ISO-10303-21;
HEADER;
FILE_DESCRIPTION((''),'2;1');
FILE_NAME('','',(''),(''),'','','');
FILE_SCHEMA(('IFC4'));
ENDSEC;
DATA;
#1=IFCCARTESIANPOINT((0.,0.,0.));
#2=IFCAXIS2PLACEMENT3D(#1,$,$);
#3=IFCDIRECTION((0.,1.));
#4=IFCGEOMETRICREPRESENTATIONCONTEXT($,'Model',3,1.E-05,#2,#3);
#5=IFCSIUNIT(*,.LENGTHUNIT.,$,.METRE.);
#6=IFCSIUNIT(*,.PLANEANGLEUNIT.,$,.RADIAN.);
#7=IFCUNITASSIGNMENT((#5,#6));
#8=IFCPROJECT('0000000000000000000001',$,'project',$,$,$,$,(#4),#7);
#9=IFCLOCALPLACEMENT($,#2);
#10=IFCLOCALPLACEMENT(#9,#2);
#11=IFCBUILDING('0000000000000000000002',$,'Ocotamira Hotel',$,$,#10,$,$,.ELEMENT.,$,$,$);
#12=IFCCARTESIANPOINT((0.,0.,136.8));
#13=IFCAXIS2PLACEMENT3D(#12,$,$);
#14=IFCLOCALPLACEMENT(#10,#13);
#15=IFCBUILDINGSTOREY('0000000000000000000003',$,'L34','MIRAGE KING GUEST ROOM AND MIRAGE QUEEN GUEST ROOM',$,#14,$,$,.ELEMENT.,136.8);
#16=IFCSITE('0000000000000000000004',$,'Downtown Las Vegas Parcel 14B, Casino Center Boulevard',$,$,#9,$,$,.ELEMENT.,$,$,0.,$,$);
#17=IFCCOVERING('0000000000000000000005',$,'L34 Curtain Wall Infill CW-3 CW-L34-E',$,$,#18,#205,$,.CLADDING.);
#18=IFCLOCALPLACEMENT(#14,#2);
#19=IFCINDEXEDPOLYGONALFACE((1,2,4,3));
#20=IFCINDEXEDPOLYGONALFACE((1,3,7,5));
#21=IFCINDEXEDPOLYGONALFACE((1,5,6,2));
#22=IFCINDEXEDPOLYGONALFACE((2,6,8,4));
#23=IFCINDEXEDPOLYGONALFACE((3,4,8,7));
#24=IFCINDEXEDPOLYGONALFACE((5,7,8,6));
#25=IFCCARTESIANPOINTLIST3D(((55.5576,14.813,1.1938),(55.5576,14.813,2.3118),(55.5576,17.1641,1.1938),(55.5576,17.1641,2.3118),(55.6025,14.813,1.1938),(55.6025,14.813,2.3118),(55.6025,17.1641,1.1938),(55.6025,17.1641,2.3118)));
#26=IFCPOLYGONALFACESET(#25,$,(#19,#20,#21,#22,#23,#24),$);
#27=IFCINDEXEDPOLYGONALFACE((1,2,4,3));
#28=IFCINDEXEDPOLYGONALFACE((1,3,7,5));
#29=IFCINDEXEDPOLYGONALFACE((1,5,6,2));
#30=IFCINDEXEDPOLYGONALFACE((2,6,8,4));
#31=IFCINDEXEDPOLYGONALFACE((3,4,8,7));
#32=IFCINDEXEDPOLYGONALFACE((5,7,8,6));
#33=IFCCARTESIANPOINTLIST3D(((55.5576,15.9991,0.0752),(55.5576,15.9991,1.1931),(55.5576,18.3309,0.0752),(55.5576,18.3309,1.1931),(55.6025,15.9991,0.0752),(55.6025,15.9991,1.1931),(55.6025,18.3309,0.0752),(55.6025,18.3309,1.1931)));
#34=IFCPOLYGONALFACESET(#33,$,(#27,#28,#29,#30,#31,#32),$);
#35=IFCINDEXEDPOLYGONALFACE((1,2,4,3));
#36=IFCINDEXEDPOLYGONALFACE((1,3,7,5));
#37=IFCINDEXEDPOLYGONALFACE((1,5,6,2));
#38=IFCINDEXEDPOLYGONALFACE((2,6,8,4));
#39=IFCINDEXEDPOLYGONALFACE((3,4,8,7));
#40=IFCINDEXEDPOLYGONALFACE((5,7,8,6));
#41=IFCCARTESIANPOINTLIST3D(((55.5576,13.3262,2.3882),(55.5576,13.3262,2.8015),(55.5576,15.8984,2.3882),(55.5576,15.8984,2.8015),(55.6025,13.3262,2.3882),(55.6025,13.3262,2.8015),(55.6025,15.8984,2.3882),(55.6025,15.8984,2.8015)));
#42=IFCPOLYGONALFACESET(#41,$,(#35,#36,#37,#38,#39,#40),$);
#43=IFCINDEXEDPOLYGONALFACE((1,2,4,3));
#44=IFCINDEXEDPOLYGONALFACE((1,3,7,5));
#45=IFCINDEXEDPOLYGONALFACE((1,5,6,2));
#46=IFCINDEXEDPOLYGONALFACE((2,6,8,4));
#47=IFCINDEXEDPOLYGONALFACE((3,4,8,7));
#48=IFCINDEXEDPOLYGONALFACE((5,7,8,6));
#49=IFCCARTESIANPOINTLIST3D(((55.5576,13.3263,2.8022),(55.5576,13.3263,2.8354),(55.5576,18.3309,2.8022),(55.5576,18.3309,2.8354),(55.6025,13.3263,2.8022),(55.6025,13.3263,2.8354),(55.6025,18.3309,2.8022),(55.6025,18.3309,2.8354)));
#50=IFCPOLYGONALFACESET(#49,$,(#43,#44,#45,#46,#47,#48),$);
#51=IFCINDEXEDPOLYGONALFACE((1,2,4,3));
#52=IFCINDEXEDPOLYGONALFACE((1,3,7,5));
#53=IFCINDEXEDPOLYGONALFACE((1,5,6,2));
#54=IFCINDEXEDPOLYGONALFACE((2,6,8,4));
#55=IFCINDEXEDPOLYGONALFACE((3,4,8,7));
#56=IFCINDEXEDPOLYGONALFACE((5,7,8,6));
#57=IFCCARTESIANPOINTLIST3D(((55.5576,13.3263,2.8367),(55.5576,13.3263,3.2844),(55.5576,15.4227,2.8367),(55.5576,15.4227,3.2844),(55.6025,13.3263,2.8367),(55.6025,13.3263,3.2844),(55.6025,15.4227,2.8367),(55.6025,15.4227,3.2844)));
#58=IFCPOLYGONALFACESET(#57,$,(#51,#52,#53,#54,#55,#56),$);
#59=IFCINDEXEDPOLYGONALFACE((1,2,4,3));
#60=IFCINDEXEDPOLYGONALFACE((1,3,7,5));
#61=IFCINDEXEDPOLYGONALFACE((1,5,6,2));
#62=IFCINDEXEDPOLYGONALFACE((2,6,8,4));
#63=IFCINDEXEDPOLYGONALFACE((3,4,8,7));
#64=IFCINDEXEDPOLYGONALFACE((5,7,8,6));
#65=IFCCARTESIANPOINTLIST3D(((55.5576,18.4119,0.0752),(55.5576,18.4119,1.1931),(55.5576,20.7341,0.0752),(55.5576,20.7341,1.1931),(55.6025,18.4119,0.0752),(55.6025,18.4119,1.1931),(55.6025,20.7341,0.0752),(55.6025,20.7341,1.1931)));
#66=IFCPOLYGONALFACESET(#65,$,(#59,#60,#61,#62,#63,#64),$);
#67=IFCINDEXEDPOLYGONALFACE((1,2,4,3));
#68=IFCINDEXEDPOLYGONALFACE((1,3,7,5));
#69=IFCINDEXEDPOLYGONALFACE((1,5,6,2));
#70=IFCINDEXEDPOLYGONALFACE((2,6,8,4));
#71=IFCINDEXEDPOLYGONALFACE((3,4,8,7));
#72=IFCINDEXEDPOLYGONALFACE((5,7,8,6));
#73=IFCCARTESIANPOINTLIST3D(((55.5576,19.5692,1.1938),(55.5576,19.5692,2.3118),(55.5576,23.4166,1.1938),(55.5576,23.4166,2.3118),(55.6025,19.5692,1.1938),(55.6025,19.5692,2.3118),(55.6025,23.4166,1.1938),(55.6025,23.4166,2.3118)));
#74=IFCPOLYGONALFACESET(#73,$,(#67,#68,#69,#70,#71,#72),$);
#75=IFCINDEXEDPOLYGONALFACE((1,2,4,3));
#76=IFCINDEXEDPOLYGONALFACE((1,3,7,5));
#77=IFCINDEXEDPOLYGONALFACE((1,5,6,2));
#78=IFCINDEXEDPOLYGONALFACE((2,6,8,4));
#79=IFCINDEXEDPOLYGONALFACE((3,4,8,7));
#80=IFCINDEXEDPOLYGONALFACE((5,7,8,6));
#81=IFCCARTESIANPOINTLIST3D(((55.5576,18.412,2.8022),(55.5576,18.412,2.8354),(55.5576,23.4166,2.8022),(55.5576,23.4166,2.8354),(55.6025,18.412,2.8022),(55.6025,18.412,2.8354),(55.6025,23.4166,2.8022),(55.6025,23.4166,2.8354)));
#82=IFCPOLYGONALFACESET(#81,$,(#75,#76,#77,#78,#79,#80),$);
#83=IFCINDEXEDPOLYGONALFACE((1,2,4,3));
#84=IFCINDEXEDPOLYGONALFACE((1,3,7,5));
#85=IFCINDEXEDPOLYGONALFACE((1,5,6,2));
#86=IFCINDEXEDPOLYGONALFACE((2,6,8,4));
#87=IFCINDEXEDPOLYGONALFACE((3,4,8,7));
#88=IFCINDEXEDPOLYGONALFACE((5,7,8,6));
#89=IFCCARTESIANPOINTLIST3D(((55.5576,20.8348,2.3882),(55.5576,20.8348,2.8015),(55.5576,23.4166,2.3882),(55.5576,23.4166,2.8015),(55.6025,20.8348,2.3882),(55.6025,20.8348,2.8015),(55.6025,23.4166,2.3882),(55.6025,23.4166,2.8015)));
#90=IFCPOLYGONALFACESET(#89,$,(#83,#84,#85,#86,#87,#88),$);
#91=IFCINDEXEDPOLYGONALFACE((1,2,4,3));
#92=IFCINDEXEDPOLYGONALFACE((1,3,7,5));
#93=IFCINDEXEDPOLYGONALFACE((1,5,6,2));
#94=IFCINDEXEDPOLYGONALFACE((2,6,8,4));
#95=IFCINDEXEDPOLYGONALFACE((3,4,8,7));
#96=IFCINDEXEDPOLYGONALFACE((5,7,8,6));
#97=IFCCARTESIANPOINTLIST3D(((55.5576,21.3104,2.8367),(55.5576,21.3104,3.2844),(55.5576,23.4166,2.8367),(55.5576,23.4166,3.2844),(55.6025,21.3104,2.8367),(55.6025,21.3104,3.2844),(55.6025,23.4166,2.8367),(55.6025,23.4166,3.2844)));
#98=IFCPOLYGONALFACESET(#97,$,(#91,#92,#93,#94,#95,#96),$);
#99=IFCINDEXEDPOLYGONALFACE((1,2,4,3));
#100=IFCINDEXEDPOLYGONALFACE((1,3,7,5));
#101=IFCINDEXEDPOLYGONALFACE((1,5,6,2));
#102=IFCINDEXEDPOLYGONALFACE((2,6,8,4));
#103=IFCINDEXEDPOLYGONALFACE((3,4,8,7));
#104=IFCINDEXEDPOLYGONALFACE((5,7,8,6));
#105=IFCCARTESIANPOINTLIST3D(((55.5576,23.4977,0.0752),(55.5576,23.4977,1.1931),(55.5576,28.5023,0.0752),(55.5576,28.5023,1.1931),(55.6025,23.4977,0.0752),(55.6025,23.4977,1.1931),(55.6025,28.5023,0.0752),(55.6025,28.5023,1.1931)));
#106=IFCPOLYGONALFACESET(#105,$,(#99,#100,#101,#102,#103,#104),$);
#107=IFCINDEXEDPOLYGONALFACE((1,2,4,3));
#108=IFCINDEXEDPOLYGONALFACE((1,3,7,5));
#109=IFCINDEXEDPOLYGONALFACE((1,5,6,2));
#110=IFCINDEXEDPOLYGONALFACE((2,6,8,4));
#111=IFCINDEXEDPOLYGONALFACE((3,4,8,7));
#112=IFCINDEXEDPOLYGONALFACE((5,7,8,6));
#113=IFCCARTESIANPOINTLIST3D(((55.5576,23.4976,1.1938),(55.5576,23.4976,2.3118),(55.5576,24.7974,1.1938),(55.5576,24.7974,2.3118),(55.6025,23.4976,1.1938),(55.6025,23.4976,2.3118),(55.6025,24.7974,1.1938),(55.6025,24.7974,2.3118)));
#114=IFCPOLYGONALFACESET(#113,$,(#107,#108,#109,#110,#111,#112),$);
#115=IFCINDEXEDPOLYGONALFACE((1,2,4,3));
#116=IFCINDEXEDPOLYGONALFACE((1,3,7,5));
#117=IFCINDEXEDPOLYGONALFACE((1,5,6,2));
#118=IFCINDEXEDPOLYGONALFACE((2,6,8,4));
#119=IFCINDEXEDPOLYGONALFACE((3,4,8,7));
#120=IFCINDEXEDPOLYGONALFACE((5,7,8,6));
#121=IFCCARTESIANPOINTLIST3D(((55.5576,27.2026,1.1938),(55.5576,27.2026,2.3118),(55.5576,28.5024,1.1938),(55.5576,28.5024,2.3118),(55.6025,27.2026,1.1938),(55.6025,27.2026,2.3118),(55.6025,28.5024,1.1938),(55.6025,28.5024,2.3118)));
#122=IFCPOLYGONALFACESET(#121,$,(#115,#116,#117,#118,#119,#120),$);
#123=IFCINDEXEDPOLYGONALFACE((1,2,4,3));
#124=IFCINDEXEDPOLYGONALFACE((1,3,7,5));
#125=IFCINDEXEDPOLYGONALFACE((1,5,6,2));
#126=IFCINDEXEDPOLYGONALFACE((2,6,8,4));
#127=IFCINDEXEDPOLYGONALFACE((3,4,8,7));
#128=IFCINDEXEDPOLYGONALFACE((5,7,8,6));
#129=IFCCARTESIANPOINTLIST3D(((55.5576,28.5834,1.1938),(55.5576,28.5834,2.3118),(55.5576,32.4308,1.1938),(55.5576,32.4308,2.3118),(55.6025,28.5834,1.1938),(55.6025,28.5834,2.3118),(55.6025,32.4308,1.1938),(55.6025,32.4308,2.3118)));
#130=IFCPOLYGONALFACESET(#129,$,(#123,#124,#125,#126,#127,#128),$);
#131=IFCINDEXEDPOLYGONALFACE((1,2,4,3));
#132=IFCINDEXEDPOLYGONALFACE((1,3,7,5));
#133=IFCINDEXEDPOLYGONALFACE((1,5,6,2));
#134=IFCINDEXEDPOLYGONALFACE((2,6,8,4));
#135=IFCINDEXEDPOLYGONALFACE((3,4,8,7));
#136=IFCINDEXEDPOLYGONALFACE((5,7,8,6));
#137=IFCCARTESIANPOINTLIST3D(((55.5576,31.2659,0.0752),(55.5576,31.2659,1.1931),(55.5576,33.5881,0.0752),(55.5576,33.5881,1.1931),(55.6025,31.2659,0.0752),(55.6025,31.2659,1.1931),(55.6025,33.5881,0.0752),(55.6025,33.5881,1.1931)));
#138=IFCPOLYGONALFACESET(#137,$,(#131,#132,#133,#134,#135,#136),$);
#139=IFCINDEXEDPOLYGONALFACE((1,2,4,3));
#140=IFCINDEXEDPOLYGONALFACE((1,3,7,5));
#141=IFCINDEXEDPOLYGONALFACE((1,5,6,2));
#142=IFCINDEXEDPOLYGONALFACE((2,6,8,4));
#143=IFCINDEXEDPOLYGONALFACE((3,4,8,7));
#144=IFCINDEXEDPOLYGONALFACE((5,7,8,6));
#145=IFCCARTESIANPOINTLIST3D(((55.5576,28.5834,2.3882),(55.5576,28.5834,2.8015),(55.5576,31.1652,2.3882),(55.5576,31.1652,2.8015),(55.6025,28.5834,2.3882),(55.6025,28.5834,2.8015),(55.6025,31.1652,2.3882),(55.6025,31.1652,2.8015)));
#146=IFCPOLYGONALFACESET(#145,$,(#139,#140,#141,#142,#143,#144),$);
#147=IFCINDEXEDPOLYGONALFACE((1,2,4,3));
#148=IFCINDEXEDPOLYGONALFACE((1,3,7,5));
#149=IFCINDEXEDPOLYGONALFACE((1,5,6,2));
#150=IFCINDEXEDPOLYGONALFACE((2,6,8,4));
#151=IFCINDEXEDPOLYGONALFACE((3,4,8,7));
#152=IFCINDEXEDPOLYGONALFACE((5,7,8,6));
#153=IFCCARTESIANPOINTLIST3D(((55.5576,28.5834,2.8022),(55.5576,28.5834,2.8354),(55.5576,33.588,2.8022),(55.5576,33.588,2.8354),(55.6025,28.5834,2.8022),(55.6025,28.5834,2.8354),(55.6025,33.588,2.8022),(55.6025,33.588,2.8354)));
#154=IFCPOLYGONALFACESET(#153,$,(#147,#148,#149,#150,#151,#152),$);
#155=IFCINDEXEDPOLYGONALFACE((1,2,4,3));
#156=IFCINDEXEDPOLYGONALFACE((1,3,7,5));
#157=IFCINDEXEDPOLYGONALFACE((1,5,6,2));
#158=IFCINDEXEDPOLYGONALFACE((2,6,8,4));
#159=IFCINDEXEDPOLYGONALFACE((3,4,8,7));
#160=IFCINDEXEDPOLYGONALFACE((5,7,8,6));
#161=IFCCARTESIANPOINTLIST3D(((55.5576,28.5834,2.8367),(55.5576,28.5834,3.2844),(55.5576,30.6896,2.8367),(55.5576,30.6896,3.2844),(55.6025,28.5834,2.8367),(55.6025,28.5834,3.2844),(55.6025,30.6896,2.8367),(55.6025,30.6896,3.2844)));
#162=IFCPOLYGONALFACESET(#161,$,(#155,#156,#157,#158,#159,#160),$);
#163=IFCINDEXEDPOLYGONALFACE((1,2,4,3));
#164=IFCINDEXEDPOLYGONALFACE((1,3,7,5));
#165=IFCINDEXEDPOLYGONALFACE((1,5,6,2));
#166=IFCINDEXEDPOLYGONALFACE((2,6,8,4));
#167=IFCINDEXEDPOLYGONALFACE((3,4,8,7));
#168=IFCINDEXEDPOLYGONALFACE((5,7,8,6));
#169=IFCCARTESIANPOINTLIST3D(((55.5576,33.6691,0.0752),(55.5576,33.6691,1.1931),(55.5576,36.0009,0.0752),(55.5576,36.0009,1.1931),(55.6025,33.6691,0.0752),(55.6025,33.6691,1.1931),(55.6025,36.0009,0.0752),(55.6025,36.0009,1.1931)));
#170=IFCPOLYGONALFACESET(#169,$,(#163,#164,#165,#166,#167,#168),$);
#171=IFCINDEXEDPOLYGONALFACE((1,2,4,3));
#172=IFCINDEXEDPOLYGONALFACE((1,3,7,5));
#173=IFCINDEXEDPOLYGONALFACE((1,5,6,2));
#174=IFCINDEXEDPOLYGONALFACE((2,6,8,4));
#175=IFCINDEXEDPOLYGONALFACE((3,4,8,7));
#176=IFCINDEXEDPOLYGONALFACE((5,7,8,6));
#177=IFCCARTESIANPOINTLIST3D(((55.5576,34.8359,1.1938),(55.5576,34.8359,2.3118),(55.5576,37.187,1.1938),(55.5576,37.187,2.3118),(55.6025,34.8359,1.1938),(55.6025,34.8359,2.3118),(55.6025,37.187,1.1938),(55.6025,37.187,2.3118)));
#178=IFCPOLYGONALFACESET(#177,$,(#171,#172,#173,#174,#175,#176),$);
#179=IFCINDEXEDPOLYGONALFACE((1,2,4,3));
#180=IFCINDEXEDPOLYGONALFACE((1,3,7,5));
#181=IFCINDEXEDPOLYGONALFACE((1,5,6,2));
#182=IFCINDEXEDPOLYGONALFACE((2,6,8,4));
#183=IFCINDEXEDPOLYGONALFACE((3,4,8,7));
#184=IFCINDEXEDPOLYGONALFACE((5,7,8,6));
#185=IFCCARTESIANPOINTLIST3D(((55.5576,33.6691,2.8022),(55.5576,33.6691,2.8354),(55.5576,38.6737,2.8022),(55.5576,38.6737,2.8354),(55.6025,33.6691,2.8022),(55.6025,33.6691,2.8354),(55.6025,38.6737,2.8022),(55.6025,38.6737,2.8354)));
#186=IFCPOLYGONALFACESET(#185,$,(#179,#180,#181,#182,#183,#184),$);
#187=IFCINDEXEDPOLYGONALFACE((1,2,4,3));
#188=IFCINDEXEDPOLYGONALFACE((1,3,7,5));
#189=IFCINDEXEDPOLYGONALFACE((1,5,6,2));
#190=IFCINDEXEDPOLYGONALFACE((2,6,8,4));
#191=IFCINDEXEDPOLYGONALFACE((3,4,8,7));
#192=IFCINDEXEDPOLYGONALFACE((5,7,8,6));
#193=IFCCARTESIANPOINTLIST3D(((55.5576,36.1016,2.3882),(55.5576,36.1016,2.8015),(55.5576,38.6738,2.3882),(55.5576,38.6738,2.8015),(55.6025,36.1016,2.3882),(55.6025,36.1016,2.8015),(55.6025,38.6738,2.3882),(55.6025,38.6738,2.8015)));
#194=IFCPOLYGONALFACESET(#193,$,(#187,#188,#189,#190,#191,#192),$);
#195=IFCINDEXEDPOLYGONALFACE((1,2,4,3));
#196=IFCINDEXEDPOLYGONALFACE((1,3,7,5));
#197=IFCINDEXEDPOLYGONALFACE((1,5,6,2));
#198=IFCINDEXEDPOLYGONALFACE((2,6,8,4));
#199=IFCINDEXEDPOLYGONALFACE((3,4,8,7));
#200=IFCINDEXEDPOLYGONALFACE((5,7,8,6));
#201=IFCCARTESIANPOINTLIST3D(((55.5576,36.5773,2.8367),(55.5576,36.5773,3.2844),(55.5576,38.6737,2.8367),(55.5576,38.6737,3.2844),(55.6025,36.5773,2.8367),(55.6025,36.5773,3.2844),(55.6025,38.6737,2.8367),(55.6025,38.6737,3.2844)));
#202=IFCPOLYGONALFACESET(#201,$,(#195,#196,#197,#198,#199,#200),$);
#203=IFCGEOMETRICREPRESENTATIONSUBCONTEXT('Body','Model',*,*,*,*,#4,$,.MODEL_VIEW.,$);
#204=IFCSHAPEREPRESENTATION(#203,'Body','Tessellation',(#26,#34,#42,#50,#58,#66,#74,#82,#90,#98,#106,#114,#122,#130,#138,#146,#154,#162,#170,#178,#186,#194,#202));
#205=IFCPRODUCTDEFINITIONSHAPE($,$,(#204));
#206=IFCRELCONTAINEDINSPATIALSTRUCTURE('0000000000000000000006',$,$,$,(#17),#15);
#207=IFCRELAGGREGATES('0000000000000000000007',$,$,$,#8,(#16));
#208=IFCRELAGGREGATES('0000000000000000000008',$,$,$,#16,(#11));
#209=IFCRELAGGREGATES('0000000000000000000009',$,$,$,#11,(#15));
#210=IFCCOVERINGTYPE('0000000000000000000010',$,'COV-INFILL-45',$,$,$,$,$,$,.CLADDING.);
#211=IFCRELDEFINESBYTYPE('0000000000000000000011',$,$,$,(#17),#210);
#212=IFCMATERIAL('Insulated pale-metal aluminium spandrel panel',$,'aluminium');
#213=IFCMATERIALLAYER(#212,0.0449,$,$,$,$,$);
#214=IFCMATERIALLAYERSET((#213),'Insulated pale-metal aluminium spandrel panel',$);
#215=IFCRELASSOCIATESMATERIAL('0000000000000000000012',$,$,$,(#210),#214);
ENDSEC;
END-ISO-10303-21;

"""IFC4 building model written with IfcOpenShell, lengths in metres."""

from ifc_helpers import new_model, si_unit, direction, frame, origin, origin_2d, place, context, subcontext, project, spatial, rectangle, extrude, material, layer, layer_set, type_object, element, save


model = new_model("IFC4")

# Units and contexts
model_context = context("Model", 3, precision=1e-05, world=origin(), true_north=direction((0.0, 1.0)))
body_context = subcontext(model_context, "Body", "Model", "MODEL_VIEW")
ifc_project = project(units=[si_unit("LENGTHUNIT", "METRE"), si_unit("PLANEANGLEUNIT", "RADIAN")], contexts=[model_context])

# Site, building, storey
site_placement = place(None, origin())
site = spatial("IfcSite", under=ifc_project, at=site_placement, Name="Downtown Las Vegas Parcel 14B, Casino Center Boulevard", CompositionType="ELEMENT", RefElevation=0.0)
building_placement = place(site_placement, origin())
building = spatial("IfcBuilding", under=site, at=building_placement, Name="Ocotamira Hotel", CompositionType="ELEMENT")
storey_placement = place(building_placement, frame((0.0, 0.0, 136.8)))
storey = spatial("IfcBuildingStorey", under=building, at=storey_placement, Name="L34", Description="MIRAGE KING GUEST ROOM AND MIRAGE QUEEN GUEST ROOM", CompositionType="ELEMENT", Elevation=136.8)

# Covering
ifc_material_1 = material(Name="Insulated pale-metal aluminium spandrel panel", Category="aluminium")
ifc_layer_1 = layer(ifc_material_1, 0.0449)
ifc_layer_set_1 = layer_set([ifc_layer_1], Name="Insulated pale-metal aluminium spandrel panel")
covering_type_1 = type_object("IfcCoveringType", Name="COV-INFILL-45", PredefinedType="CLADDING", material=ifc_layer_set_1)
covering_1_placement = place(storey_placement, origin())
element("IfcCovering", 1, at=covering_1_placement, inside=storey, type_object=covering_type_1, Name="L34 Curtain Wall Infill CW-3 CW-L34-E", PredefinedType="CLADDING", context=body_context, shape_type="SweptSolid", body=[
    extrude(rectangle(XDim=2.3511, YDim=0.0449, at=origin_2d()), frame((55.5801, 15.9885, 1.1938), z_axis=(0.0, 0.0, 1.0), x_axis=(0.0, 1.0, 0.0)), (0.0, 0.0, 1.0), 1.1179),
    extrude(rectangle(XDim=2.3318, YDim=0.0449, at=origin_2d()), frame((55.5801, 17.165, 0.0752), z_axis=(0.0, 0.0, 1.0), x_axis=(0.0, 1.0, 0.0)), (0.0, 0.0, 1.0), 1.1179),
    extrude(rectangle(XDim=2.5723, YDim=0.0449, at=origin_2d()), frame((55.5801, 14.6123, 2.3882), z_axis=(0.0, 0.0, 1.0), x_axis=(0.0, 1.0, 0.0)), (0.0, 0.0, 1.0), 0.4133),
    extrude(rectangle(XDim=5.0046, YDim=0.0449, at=origin_2d()), frame((55.5801, 15.8286, 2.8022), z_axis=(0.0, 0.0, 1.0), x_axis=(0.0, 1.0, 0.0)), (0.0, 0.0, 1.0), 0.0332),
    extrude(rectangle(XDim=2.0964, YDim=0.0449, at=origin_2d()), frame((55.5801, 14.3745, 2.8367), z_axis=(0.0, 0.0, 1.0), x_axis=(0.0, 1.0, 0.0)), (0.0, 0.0, 1.0), 0.4478),
    extrude(rectangle(XDim=2.3223, YDim=0.0449, at=origin_2d()), frame((55.5801, 19.573, 0.0752), z_axis=(0.0, 0.0, 1.0), x_axis=(0.0, 1.0, 0.0)), (0.0, 0.0, 1.0), 1.1179),
    extrude(rectangle(XDim=3.8474, YDim=0.0449, at=origin_2d()), frame((55.5801, 21.4929, 1.1938), z_axis=(0.0, 0.0, 1.0), x_axis=(0.0, 1.0, 0.0)), (0.0, 0.0, 1.0), 1.1179),
    extrude(rectangle(XDim=5.0046, YDim=0.0449, at=origin_2d()), frame((55.5801, 20.9143, 2.8022), z_axis=(0.0, 0.0, 1.0), x_axis=(0.0, 1.0, 0.0)), (0.0, 0.0, 1.0), 0.0332),
    extrude(rectangle(XDim=2.5818, YDim=0.0449, at=origin_2d()), frame((55.5801, 22.1257, 2.3882), z_axis=(0.0, 0.0, 1.0), x_axis=(0.0, 1.0, 0.0)), (0.0, 0.0, 1.0), 0.4133),
    extrude(rectangle(XDim=2.1062, YDim=0.0449, at=origin_2d()), frame((55.5801, 22.3635, 2.8367), z_axis=(0.0, 0.0, 1.0), x_axis=(0.0, 1.0, 0.0)), (0.0, 0.0, 1.0), 0.4478),
    extrude(rectangle(XDim=5.0046, YDim=0.0449, at=origin_2d()), frame((55.5801, 26.0, 0.0752), z_axis=(0.0, 0.0, 1.0), x_axis=(0.0, 1.0, 0.0)), (0.0, 0.0, 1.0), 1.1179),
    extrude(rectangle(XDim=1.2998, YDim=0.0449, at=origin_2d()), frame((55.5801, 24.1475, 1.1938), z_axis=(0.0, 0.0, 1.0), x_axis=(0.0, 1.0, 0.0)), (0.0, 0.0, 1.0), 1.1179),
    extrude(rectangle(XDim=1.2998, YDim=0.0449, at=origin_2d()), frame((55.5801, 27.8525, 1.1938), z_axis=(0.0, 0.0, 1.0), x_axis=(0.0, 1.0, 0.0)), (0.0, 0.0, 1.0), 1.1179),
    extrude(rectangle(XDim=3.8474, YDim=0.0449, at=origin_2d()), frame((55.5801, 30.5071, 1.1938), z_axis=(0.0, 0.0, 1.0), x_axis=(0.0, 1.0, 0.0)), (0.0, 0.0, 1.0), 1.1179),
    extrude(rectangle(XDim=2.3223, YDim=0.0449, at=origin_2d()), frame((55.5801, 32.427, 0.0752), z_axis=(0.0, 0.0, 1.0), x_axis=(0.0, 1.0, 0.0)), (0.0, 0.0, 1.0), 1.1179),
    extrude(rectangle(XDim=2.5818, YDim=0.0449, at=origin_2d()), frame((55.5801, 29.8743, 2.3882), z_axis=(0.0, 0.0, 1.0), x_axis=(0.0, 1.0, 0.0)), (0.0, 0.0, 1.0), 0.4133),
    extrude(rectangle(XDim=5.0046, YDim=0.0449, at=origin_2d()), frame((55.5801, 31.0857, 2.8022), z_axis=(0.0, 0.0, 1.0), x_axis=(0.0, 1.0, 0.0)), (0.0, 0.0, 1.0), 0.0332),
    extrude(rectangle(XDim=2.1062, YDim=0.0449, at=origin_2d()), frame((55.5801, 29.6365, 2.8367), z_axis=(0.0, 0.0, 1.0), x_axis=(0.0, 1.0, 0.0)), (0.0, 0.0, 1.0), 0.4478),
    extrude(rectangle(XDim=2.3318, YDim=0.0449, at=origin_2d()), frame((55.5801, 34.835, 0.0752), z_axis=(0.0, 0.0, 1.0), x_axis=(0.0, 1.0, 0.0)), (0.0, 0.0, 1.0), 1.1179),
    extrude(rectangle(XDim=2.3511, YDim=0.0449, at=origin_2d()), frame((55.5801, 36.0115, 1.1938), z_axis=(0.0, 0.0, 1.0), x_axis=(0.0, 1.0, 0.0)), (0.0, 0.0, 1.0), 1.1179),
    extrude(rectangle(XDim=5.0046, YDim=0.0449, at=origin_2d()), frame((55.5801, 36.1714, 2.8022), z_axis=(0.0, 0.0, 1.0), x_axis=(0.0, 1.0, 0.0)), (0.0, 0.0, 1.0), 0.0332),
    extrude(rectangle(XDim=2.5723, YDim=0.0449, at=origin_2d()), frame((55.5801, 37.3877, 2.3882), z_axis=(0.0, 0.0, 1.0), x_axis=(0.0, 1.0, 0.0)), (0.0, 0.0, 1.0), 0.4133),
    extrude(rectangle(XDim=2.0964, YDim=0.0449, at=origin_2d()), frame((55.5801, 37.6255, 2.8367), z_axis=(0.0, 0.0, 1.0), x_axis=(0.0, 1.0, 0.0)), (0.0, 0.0, 1.0), 0.4478),
])

save(model, "model.ifc")
